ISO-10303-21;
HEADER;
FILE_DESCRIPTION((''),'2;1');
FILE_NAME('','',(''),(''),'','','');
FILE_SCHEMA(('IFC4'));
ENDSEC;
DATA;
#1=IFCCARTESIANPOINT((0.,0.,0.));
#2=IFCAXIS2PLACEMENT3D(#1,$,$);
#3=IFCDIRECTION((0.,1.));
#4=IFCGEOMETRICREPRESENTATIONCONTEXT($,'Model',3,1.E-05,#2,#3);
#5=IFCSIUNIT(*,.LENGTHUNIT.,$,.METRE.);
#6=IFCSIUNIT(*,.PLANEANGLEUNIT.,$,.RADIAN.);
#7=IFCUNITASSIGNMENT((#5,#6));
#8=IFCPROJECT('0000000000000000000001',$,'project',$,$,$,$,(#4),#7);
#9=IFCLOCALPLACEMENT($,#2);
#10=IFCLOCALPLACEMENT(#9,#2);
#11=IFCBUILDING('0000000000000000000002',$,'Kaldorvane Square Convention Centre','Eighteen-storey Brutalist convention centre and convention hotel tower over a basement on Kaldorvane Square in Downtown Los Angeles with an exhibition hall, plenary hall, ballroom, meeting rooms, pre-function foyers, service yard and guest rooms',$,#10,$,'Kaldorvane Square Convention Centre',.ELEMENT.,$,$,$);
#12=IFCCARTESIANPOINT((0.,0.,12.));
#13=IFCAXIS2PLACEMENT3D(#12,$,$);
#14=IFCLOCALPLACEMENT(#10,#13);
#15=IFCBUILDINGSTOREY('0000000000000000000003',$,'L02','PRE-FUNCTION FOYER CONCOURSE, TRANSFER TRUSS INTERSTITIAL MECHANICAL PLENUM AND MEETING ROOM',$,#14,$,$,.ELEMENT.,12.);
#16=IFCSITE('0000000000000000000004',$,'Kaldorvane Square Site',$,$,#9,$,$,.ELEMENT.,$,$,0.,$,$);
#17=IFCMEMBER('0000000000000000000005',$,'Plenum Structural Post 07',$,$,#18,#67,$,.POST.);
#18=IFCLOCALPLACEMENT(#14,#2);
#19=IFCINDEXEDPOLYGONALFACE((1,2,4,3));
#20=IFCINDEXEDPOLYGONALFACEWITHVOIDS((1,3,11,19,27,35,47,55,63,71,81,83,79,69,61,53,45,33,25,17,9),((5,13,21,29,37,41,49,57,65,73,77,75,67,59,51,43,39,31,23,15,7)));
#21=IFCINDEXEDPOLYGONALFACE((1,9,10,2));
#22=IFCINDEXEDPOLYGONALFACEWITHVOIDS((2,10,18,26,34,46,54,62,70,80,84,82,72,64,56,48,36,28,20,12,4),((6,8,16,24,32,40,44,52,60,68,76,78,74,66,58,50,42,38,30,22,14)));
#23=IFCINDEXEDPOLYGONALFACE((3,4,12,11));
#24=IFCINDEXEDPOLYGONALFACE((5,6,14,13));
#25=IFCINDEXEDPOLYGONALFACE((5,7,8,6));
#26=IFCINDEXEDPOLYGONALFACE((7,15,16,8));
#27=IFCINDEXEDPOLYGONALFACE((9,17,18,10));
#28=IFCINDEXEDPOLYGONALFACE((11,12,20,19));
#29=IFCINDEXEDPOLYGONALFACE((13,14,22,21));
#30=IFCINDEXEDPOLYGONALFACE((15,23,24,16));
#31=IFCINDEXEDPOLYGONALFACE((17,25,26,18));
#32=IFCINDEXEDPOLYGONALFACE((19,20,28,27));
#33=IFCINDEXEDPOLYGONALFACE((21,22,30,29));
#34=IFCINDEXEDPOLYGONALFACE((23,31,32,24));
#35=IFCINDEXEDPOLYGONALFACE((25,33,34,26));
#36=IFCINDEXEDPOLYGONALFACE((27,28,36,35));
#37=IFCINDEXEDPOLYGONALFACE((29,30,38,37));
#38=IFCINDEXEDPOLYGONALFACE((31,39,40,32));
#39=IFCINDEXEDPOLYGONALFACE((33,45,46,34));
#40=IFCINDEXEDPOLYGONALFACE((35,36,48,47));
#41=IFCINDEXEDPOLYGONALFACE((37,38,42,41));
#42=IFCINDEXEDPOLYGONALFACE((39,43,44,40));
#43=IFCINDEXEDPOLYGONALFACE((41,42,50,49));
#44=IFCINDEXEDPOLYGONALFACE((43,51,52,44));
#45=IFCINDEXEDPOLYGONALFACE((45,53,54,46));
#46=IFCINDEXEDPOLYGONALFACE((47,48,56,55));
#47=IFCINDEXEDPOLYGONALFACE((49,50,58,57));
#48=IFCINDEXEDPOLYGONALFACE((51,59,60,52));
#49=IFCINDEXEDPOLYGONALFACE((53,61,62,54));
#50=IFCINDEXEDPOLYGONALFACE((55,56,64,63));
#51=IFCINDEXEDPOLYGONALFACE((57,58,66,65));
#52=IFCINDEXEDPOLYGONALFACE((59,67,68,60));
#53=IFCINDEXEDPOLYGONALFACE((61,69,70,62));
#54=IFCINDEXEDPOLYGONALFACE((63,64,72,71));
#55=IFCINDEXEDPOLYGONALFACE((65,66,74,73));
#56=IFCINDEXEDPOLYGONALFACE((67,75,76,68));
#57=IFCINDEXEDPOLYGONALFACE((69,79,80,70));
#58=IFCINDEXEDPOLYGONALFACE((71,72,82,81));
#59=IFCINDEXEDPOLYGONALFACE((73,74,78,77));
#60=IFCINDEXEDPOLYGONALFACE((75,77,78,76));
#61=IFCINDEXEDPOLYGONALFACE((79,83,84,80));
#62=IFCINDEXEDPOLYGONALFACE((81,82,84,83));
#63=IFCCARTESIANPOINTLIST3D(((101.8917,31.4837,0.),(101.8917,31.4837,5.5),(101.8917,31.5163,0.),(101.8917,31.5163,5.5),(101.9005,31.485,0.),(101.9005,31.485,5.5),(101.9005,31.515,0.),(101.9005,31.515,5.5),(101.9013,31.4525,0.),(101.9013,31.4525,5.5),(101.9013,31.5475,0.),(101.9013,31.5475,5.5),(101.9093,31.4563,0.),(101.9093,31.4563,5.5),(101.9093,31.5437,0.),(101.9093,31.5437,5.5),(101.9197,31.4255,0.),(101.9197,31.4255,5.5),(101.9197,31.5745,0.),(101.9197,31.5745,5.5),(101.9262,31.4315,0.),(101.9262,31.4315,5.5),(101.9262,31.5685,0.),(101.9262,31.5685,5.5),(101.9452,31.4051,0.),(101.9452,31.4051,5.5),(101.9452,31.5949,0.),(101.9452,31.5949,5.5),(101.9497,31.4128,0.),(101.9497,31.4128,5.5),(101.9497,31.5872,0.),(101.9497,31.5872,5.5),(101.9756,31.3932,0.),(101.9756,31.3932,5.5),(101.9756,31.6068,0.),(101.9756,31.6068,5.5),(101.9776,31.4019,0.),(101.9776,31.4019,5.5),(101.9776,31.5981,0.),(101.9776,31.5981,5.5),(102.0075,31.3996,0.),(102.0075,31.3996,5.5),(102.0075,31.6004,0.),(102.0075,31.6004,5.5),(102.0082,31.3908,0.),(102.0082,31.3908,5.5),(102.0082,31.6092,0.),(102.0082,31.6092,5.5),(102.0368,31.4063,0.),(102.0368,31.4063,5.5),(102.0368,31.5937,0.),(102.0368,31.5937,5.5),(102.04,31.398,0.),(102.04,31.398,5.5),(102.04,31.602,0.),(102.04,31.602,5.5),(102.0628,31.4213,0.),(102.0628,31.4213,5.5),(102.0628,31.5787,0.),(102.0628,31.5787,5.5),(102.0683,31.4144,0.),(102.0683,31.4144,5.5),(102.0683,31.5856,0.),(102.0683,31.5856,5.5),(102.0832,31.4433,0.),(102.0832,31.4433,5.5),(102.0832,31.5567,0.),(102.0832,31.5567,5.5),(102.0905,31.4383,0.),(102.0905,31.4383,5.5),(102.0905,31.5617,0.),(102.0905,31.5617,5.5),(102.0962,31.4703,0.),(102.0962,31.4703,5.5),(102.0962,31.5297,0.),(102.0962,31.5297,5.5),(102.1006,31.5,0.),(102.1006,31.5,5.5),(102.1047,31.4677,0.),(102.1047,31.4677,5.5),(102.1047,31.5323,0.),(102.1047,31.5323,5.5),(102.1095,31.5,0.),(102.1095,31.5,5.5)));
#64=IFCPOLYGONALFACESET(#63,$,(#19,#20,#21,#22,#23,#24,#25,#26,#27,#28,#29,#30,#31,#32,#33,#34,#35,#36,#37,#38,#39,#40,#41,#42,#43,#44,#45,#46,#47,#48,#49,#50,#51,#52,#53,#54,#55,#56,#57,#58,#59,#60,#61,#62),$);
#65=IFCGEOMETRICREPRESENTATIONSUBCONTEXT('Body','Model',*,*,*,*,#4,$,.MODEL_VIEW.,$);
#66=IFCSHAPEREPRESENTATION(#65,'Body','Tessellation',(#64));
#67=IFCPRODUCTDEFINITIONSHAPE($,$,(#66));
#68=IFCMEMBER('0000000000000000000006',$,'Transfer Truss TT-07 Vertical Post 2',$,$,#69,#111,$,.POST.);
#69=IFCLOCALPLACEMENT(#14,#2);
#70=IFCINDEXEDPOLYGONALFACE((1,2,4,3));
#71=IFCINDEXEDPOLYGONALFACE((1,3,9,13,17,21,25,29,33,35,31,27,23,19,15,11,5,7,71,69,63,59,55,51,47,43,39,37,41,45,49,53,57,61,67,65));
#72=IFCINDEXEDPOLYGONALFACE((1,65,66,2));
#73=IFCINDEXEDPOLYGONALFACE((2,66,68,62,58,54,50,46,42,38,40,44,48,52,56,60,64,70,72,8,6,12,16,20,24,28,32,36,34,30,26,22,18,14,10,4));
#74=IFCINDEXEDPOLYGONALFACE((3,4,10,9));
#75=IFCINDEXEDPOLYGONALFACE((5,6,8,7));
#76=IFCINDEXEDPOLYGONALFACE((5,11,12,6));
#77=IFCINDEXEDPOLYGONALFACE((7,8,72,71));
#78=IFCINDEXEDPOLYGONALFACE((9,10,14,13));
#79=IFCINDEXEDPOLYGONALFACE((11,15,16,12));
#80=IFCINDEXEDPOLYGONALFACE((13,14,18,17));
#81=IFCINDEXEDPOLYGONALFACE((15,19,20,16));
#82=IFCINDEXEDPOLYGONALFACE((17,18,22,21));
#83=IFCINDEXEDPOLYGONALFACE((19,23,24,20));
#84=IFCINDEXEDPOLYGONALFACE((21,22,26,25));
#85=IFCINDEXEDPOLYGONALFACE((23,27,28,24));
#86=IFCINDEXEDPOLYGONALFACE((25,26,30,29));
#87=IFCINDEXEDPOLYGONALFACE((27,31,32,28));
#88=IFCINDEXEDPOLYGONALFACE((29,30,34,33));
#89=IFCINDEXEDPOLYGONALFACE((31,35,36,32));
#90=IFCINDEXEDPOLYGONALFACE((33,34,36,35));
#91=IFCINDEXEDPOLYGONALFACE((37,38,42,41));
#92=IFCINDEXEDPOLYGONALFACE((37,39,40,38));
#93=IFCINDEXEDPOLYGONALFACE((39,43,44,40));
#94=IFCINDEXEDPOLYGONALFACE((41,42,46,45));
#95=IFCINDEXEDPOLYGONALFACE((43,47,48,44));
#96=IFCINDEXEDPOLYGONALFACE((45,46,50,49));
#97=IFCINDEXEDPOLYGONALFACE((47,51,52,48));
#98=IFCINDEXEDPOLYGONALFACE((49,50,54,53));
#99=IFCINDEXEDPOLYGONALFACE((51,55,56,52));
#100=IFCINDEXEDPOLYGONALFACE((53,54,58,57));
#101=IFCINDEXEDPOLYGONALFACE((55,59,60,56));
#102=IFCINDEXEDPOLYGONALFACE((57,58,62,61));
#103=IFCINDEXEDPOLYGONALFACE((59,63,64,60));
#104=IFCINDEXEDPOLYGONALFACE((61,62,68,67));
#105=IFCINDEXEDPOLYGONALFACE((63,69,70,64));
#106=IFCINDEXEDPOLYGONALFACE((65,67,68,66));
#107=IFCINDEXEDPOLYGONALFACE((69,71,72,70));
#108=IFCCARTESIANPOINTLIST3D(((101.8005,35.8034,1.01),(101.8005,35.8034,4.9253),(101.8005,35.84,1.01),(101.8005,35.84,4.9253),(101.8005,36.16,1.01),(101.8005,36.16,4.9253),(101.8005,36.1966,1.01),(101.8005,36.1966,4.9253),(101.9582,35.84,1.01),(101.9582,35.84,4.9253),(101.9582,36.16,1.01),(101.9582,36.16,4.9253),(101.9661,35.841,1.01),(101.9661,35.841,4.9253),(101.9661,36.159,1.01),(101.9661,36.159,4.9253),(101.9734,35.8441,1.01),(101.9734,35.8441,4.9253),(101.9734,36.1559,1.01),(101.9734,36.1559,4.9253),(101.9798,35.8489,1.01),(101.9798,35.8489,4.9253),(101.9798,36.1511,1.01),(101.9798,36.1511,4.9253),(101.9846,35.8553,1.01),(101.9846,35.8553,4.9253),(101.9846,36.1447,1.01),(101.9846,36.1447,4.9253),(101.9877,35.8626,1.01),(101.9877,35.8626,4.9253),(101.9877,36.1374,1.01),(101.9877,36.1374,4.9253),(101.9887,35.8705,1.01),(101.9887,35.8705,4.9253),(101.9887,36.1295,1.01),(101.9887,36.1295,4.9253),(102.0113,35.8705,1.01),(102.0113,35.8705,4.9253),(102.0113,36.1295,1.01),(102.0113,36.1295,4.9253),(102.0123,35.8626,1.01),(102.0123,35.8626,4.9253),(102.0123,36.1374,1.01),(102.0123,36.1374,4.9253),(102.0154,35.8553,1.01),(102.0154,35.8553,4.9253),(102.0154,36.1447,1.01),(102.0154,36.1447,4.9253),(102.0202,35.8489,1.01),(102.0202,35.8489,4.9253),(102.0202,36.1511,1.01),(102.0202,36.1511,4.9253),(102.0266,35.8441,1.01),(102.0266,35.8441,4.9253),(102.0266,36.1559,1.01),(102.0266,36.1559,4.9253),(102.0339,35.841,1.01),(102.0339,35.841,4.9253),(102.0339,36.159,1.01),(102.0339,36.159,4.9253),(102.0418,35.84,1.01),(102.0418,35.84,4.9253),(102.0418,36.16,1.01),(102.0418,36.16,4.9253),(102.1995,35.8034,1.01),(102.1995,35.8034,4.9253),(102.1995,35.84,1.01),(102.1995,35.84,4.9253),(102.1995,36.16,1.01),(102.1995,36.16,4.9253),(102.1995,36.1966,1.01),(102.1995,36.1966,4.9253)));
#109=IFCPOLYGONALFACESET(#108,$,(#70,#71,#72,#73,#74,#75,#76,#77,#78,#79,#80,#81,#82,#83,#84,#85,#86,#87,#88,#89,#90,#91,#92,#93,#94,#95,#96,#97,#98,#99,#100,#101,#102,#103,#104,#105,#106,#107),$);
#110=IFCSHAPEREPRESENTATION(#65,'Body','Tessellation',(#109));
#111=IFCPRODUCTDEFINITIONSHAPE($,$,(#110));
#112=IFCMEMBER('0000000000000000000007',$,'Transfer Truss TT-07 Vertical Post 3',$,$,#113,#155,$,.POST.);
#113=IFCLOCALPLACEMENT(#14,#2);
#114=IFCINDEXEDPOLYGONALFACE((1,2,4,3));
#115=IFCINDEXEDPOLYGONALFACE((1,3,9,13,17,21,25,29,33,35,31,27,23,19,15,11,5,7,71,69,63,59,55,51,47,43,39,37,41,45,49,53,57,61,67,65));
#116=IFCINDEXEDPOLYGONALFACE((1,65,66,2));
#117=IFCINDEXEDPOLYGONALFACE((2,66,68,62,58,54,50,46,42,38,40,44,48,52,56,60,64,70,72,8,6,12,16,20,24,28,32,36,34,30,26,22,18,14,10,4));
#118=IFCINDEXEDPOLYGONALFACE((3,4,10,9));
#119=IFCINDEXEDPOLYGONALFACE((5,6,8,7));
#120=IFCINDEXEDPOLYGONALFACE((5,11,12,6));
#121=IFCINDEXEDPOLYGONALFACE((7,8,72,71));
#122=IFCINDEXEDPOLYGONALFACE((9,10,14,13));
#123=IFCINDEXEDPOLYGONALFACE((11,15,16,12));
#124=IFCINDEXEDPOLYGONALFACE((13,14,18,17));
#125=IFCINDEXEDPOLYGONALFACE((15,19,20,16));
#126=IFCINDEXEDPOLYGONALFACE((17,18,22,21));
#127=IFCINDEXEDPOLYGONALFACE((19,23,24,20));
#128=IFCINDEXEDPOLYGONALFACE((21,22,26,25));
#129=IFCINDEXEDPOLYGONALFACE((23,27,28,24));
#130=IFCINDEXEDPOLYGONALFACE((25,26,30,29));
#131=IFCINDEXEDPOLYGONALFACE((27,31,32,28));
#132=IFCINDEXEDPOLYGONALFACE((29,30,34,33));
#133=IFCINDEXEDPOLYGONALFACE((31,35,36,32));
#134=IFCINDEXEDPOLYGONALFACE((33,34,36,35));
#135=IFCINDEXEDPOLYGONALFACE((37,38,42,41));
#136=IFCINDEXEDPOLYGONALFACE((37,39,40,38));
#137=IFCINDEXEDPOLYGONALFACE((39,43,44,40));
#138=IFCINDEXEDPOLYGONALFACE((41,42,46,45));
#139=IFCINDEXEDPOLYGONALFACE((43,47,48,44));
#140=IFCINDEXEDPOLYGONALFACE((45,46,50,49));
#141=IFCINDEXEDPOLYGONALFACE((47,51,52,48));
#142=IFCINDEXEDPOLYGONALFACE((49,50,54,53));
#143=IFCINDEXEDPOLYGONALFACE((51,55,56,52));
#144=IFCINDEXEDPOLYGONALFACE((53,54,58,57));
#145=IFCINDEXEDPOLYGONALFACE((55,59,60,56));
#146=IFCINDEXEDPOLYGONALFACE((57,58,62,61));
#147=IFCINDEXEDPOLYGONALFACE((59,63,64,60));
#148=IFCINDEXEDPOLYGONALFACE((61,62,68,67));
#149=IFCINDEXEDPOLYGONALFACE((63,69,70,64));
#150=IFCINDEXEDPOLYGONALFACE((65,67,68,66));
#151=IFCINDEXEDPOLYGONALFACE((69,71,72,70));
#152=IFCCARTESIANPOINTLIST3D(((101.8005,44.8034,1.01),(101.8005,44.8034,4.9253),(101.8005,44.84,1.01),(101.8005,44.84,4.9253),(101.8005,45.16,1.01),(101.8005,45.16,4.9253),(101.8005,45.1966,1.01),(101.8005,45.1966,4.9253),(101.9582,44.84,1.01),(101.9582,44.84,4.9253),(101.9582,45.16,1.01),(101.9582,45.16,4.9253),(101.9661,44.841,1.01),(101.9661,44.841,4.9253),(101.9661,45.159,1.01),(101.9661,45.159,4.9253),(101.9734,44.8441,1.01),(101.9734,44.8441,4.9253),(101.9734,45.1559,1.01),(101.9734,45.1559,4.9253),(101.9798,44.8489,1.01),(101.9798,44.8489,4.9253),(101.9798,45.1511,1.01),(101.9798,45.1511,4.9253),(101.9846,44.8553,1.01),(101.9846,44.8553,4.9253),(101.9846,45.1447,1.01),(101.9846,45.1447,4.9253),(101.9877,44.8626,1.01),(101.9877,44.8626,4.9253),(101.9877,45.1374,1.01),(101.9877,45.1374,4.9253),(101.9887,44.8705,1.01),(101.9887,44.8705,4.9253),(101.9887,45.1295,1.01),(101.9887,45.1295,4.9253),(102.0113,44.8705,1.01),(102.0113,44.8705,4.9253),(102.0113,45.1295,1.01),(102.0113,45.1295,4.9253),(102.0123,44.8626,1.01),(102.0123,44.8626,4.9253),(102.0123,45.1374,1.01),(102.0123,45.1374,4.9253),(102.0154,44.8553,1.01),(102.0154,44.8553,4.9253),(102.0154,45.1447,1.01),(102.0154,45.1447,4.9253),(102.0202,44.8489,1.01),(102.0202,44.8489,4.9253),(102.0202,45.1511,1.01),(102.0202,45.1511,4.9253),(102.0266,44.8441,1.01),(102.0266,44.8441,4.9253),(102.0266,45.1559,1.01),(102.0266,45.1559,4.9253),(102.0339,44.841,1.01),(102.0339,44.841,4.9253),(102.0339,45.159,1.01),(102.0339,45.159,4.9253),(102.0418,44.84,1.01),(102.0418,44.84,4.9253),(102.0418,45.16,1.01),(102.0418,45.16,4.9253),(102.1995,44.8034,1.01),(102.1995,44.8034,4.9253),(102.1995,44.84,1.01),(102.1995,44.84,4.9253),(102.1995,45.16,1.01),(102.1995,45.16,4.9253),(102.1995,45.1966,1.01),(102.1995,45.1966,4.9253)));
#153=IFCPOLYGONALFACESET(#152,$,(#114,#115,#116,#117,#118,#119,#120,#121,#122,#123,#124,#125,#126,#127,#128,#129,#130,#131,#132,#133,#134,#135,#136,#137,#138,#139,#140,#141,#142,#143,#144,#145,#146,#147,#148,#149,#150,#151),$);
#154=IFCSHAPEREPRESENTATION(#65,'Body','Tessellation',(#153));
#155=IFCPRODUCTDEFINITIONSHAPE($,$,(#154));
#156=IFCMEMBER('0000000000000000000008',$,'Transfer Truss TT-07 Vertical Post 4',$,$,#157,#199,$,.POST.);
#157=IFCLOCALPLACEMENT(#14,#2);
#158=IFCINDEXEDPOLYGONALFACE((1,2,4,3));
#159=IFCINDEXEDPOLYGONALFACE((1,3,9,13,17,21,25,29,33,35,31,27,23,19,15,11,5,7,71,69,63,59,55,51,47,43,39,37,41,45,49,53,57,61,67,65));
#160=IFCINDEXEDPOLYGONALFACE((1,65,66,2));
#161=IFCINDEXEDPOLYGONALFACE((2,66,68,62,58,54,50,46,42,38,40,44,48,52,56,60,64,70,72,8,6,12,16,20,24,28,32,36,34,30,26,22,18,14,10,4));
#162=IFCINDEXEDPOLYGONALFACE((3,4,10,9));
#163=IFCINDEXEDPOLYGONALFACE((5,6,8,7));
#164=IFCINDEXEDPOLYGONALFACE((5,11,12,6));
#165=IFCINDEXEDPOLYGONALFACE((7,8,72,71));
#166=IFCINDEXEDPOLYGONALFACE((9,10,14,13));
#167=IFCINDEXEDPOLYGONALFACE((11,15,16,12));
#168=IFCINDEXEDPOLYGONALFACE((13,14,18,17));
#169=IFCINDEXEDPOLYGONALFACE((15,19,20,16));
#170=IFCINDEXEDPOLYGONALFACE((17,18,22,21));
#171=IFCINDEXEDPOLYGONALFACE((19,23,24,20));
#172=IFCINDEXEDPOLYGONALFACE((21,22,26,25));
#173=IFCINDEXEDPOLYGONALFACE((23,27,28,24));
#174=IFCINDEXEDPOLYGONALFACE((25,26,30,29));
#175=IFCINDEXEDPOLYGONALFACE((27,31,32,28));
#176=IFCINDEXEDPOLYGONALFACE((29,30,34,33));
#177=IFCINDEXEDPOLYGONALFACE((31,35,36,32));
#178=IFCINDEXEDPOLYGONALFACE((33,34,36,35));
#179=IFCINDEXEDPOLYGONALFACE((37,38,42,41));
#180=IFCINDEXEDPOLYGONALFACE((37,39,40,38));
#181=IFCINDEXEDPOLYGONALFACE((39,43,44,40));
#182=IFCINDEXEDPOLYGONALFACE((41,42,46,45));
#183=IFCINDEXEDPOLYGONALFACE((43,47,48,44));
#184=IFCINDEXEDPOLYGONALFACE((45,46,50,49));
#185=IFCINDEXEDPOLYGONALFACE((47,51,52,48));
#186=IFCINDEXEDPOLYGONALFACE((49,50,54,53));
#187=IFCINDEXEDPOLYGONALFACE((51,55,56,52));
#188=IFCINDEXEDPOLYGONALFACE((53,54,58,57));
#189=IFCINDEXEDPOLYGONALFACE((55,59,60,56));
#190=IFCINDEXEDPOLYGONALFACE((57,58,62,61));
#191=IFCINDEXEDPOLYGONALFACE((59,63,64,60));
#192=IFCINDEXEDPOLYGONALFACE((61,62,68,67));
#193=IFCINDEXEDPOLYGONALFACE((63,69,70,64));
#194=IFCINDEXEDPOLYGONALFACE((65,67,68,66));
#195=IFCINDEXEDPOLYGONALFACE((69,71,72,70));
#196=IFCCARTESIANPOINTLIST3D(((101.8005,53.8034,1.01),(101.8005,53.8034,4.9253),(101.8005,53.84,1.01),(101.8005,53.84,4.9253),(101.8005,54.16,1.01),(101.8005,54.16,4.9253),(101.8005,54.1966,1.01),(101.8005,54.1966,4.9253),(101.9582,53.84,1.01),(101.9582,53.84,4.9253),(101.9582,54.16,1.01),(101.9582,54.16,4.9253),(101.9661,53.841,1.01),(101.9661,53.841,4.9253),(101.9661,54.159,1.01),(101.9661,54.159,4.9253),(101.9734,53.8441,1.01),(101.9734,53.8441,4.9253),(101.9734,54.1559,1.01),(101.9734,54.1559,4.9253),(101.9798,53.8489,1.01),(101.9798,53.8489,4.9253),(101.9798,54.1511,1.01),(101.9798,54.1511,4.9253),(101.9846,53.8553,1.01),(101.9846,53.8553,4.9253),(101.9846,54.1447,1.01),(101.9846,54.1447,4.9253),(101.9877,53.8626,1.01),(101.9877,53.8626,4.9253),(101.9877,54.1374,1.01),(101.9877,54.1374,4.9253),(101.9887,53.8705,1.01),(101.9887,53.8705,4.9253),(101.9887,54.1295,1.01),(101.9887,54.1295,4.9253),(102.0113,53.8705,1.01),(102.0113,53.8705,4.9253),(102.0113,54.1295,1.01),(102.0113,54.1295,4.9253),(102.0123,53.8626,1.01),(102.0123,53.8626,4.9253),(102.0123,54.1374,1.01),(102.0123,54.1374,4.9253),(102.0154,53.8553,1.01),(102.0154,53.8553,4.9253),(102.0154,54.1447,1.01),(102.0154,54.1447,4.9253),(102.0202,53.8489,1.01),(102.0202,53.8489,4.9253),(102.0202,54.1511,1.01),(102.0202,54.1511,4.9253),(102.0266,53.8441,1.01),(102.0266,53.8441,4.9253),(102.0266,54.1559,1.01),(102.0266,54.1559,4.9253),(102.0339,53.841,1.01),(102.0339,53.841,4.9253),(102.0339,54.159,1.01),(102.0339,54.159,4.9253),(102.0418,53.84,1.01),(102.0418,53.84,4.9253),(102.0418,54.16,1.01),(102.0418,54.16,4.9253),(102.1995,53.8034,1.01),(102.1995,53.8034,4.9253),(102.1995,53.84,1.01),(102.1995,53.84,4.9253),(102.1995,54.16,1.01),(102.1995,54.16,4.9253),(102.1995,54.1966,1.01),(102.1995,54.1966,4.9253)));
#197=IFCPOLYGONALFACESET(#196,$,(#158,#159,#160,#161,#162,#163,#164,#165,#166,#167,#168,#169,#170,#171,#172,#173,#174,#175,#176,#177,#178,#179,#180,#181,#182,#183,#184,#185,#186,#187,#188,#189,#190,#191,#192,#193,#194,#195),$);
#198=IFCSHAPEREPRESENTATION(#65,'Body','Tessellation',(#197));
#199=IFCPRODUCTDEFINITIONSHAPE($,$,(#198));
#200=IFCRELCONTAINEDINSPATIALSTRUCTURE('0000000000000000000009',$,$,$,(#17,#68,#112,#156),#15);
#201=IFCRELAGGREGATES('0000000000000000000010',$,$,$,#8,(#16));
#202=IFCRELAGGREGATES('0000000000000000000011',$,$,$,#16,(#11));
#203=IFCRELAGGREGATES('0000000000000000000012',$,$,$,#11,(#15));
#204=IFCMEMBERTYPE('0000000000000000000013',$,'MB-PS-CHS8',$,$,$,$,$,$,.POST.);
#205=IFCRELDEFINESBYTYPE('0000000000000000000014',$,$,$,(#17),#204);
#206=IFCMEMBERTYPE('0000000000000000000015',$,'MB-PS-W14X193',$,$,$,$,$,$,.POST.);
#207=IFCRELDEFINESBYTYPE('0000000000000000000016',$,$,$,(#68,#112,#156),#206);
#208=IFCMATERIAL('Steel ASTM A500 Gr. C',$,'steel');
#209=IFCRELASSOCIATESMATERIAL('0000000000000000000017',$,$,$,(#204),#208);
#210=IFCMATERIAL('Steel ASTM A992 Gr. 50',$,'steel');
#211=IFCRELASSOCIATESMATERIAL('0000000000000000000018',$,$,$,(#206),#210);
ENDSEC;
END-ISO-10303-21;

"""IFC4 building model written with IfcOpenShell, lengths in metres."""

from ifc_helpers import new_model, si_unit, direction, frame, origin, origin_2d, place, context, subcontext, project, spatial, hollow_circle, i_section, extrude, material, material_profile, profile_set, type_object, element, save


model = new_model("IFC4")

# Units and contexts
model_context = context("Model", 3, precision=1e-05, world=origin(), true_north=direction((0.0, 1.0)))
body_context = subcontext(model_context, "Body", "Model", "MODEL_VIEW")
ifc_project = project(units=[si_unit("LENGTHUNIT", "METRE"), si_unit("PLANEANGLEUNIT", "RADIAN")], contexts=[model_context])

# Site, building, storey
site_placement = place(None, origin())
site = spatial("IfcSite", under=ifc_project, at=site_placement, Name="Kaldorvane Square Site", CompositionType="ELEMENT", RefElevation=0.0)
building_placement = place(site_placement, origin())
building = spatial("IfcBuilding", under=site, at=building_placement, Name="Kaldorvane Square Convention Centre", Description="Eighteen-storey Brutalist convention centre and convention hotel tower over a basement on Kaldorvane Square in Downtown Los Angeles with an exhibition hall, plenary hall, ballroom, meeting rooms, pre-function foyers, service yard and guest rooms", LongName="Kaldorvane Square Convention Centre", CompositionType="ELEMENT")
storey_placement = place(building_placement, frame((0.0, 0.0, 12.0)))
storey = spatial("IfcBuildingStorey", under=building, at=storey_placement, Name="L02", Description="PRE-FUNCTION FOYER CONCOURSE, TRANSFER TRUSS INTERSTITIAL MECHANICAL PLENUM AND MEETING ROOM", CompositionType="ELEMENT", Elevation=12.0)

# Shared definitions
ifc_material_1 = material(Name="Steel ASTM A992 Gr. 50", Category="steel")

# Members
ifc_material_2 = material(Name="Steel ASTM A500 Gr. C", Category="steel")
ifc_material_profile_1 = material_profile(ifc_material_2, hollow_circle(Radius=0.1095, WallThickness=0.0089, at=origin_2d()), Name="HSS8.625X0.375")
ifc_profile_set_1 = profile_set([ifc_material_profile_1], Name="Steel ASTM A500 Gr. C")
member_type_1 = type_object("IfcMemberType", Name="MB-PS-CHS8", PredefinedType="POST", material=ifc_profile_set_1)
member_1_placement = place(storey_placement, frame((102.0, 31.5, 0.0), z_axis=(0.0, 0.0, 1.0), x_axis=(1.0, 0.0, 0.0)))
element("IfcMember", 1, at=member_1_placement, inside=storey, type_object=member_type_1, Name="Plenum Structural Post 07", PredefinedType="POST", context=body_context, shape_type="SweptSolid", body=[
    extrude(hollow_circle(Radius=0.1095, WallThickness=0.0089, at=origin_2d()), origin(), (0.0, 0.0, 1.0), 5.5),
])
ifc_material_profile_2 = material_profile(ifc_material_1, i_section(OverallWidth=0.399, OverallDepth=0.3932, WebThickness=0.0226, FlangeThickness=0.0366, FilletRadius=0.0305, at=origin_2d()), Name="W14X193")
ifc_profile_set_2 = profile_set([ifc_material_profile_2], Name="Steel ASTM A992 Gr. 50")
member_type_2 = type_object("IfcMemberType", Name="MB-PS-W14X193", PredefinedType="POST", material=ifc_profile_set_2)
for number, where, z_axis, x_axis, name in (
    (2, (102.0, 36.0, 1.01), (0.0, 0.0, 1.0), (1.0, 0.0, 0.0), "Transfer Truss TT-07 Vertical Post 2"),
    (3, (102.0, 45.0, 1.01), (0.0, 0.0, 1.0), (1.0, 0.0, 0.0), "Transfer Truss TT-07 Vertical Post 3"),
    (4, (102.0, 54.0, 1.01), (0.0, 0.0, 1.0), (1.0, 0.0, 0.0), "Transfer Truss TT-07 Vertical Post 4"),
):
    element("IfcMember", number, at=place(storey_placement, frame(where, z_axis=z_axis, x_axis=x_axis)), inside=storey, type_object=member_type_2, Name=name, PredefinedType="POST", context=body_context, shape_type="SweptSolid", body=[
        extrude(i_section(OverallWidth=0.399, OverallDepth=0.3932, WebThickness=0.0226, FlangeThickness=0.0366, FilletRadius=0.0305, at=origin_2d()), origin(), (0.0, 0.0, 1.0), 3.9153),
    ])

save(model, "model.ifc")
